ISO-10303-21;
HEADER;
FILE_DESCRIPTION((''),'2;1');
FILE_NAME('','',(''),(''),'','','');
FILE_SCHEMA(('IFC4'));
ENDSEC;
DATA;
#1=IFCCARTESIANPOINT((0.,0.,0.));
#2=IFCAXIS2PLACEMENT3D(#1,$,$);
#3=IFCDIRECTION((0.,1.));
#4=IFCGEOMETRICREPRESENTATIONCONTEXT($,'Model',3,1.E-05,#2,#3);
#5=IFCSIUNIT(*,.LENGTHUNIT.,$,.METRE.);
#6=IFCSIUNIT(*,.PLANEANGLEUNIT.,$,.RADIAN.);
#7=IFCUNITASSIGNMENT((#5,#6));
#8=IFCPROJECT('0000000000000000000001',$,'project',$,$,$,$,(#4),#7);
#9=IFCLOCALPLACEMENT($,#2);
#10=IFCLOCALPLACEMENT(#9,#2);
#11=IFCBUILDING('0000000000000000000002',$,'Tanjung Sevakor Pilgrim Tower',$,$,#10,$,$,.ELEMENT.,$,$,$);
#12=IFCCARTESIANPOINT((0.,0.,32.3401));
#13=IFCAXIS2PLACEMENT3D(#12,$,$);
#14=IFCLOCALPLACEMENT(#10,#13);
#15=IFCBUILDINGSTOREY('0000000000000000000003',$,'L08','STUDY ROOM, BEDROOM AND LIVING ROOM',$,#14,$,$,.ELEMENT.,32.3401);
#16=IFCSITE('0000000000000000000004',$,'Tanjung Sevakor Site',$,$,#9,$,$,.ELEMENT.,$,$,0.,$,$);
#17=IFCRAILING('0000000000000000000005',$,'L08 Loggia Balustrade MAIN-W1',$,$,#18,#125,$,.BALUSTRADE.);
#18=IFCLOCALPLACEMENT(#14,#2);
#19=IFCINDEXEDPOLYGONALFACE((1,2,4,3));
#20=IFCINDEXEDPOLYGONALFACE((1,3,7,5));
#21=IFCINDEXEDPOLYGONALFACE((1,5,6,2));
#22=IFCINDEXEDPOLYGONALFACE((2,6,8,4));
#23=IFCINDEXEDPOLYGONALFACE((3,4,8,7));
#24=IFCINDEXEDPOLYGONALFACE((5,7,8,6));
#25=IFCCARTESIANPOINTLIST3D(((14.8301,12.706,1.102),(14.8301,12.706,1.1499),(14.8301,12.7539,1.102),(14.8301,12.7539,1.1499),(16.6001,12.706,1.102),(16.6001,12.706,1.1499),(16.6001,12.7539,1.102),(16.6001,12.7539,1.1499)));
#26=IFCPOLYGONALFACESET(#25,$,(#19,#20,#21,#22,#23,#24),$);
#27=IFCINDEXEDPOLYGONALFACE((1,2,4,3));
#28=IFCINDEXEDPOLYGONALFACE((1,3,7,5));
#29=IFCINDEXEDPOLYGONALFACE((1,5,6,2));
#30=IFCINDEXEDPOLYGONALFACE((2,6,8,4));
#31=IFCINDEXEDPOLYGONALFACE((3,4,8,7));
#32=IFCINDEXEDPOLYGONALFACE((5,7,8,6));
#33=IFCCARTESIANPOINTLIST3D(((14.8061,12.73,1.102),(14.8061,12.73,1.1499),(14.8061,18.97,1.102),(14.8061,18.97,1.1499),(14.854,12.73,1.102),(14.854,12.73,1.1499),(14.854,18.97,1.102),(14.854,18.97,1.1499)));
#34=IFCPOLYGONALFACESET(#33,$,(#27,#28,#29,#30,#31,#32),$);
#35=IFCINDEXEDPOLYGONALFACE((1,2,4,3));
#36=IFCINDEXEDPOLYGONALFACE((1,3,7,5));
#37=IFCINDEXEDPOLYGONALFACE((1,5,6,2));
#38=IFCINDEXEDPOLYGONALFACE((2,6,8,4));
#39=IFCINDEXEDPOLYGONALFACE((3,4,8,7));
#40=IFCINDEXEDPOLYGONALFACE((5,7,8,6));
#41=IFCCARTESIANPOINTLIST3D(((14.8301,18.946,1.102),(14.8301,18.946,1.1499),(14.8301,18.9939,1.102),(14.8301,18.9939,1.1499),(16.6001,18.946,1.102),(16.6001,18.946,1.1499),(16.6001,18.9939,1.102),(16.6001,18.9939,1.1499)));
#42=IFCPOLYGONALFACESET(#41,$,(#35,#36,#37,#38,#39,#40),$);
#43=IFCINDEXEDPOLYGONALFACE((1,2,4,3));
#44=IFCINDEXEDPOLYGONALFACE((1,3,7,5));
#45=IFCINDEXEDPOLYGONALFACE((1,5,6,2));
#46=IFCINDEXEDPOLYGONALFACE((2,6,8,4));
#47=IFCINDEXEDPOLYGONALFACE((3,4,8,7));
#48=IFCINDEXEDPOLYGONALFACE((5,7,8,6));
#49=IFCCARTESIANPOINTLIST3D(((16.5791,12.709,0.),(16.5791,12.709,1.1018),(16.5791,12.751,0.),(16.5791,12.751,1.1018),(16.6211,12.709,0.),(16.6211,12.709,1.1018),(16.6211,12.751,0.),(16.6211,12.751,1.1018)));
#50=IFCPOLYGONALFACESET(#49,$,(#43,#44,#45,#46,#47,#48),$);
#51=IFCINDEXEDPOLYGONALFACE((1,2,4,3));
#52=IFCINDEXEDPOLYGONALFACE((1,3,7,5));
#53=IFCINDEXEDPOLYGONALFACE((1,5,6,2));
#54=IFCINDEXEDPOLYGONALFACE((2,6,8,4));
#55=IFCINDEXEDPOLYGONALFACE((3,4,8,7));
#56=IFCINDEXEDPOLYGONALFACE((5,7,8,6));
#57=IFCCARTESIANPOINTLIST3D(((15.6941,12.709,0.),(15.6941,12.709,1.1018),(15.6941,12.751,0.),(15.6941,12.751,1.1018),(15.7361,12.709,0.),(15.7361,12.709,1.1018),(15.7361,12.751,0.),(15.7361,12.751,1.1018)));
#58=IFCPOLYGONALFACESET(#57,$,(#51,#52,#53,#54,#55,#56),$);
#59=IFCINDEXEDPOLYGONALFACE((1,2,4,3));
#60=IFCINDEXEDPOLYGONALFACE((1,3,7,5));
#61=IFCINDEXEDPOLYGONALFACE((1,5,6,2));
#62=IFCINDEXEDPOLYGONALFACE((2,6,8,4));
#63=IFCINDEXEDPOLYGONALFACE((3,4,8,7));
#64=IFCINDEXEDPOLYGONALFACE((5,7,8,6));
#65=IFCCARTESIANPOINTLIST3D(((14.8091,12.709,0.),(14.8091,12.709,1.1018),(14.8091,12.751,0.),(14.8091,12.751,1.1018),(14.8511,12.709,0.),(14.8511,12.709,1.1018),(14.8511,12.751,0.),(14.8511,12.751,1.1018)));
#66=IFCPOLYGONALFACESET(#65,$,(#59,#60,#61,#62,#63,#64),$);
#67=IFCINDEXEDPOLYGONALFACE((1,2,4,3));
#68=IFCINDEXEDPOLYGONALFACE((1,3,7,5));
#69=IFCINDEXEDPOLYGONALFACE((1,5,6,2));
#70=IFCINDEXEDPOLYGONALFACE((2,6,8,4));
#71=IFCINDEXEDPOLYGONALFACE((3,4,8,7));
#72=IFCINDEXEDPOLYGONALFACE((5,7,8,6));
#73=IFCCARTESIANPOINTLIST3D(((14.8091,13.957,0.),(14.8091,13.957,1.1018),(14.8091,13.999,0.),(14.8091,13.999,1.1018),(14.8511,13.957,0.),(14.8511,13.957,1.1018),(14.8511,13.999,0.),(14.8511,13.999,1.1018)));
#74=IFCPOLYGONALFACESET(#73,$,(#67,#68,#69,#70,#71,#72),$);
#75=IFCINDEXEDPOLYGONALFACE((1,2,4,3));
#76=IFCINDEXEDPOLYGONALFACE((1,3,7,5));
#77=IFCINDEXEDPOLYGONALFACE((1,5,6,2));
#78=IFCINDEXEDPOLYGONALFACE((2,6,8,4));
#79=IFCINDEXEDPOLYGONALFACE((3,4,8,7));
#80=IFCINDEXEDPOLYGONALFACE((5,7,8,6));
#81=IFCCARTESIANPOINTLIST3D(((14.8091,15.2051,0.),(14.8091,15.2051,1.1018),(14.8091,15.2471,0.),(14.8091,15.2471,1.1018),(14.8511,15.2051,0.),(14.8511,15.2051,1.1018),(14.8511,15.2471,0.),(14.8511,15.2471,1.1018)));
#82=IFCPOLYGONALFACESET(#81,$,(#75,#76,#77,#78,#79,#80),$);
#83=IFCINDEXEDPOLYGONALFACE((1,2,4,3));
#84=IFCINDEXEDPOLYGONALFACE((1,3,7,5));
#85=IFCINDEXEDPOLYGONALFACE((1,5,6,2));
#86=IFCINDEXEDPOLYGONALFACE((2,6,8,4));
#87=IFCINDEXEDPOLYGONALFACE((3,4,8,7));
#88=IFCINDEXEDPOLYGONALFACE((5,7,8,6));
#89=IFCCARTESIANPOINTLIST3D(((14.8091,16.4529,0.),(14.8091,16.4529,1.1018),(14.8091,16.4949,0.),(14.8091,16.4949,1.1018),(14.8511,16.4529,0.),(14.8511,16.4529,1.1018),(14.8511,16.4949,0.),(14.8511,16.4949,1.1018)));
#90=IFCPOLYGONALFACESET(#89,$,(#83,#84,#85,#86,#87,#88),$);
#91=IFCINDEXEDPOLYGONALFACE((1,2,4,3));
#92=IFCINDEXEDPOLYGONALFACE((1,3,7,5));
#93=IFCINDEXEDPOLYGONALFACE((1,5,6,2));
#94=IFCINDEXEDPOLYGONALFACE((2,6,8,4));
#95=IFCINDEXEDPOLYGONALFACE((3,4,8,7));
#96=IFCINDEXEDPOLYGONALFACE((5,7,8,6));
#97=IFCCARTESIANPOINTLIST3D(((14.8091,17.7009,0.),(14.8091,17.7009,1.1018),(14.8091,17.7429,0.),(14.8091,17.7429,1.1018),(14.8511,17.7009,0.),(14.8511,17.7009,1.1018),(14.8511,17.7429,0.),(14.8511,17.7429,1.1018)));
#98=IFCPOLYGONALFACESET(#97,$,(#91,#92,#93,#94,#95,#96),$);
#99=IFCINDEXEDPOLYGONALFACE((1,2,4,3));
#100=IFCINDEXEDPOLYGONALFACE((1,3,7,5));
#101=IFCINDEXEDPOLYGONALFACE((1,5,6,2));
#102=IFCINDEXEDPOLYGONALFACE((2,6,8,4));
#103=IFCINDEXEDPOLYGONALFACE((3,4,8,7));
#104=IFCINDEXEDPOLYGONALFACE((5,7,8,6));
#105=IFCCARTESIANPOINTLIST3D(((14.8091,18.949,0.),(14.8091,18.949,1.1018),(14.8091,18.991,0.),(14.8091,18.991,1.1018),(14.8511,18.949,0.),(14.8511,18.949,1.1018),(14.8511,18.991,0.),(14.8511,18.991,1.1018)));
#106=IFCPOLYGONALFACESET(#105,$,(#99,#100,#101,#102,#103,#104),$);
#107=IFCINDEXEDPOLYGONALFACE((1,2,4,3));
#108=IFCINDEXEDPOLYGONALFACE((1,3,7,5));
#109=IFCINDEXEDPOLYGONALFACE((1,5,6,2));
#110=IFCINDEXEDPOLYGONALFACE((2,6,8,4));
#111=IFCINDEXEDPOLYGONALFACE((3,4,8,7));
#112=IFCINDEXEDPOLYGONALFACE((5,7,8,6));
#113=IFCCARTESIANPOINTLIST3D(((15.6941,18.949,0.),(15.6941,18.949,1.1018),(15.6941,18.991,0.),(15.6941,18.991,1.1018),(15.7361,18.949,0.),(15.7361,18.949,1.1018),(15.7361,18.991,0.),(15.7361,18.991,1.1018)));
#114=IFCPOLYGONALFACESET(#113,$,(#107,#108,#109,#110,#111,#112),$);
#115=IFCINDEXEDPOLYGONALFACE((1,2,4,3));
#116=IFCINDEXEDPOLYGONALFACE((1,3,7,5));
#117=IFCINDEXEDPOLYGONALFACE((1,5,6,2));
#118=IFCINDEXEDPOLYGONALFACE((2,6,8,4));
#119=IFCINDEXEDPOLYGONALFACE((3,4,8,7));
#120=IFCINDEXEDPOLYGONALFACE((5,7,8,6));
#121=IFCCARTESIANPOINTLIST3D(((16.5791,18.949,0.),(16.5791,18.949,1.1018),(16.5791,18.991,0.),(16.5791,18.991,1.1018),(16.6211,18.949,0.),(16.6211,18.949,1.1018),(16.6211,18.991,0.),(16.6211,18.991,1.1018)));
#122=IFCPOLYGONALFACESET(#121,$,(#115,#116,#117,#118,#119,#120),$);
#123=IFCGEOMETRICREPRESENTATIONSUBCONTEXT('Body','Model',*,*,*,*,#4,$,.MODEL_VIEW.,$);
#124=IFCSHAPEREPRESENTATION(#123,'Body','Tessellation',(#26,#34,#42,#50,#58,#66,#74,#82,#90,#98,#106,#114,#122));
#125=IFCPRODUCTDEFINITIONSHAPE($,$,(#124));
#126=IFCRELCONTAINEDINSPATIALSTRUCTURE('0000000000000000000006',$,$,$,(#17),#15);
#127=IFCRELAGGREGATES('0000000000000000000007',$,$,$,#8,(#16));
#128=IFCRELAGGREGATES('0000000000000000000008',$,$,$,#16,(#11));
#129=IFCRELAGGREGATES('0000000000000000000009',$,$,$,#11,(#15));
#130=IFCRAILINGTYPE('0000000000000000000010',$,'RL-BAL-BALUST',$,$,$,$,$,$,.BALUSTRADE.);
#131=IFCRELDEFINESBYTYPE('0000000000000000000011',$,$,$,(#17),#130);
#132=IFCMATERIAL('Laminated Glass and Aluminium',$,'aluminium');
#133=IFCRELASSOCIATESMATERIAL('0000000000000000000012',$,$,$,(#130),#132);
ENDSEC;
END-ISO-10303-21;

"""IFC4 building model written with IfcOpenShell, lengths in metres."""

from ifc_helpers import new_model, si_unit, direction, frame, origin, place, context, subcontext, project, spatial, rectangle, extrude, material, type_object, element, save


model = new_model("IFC4")

# Units and contexts
model_context = context("Model", 3, precision=1e-05, world=origin(), true_north=direction((0.0, 1.0)))
body_context = subcontext(model_context, "Body", "Model", "MODEL_VIEW")
ifc_project = project(units=[si_unit("LENGTHUNIT", "METRE"), si_unit("PLANEANGLEUNIT", "RADIAN")], contexts=[model_context])

# Site, building, storey
site_placement = place(None, origin())
site = spatial("IfcSite", under=ifc_project, at=site_placement, Name="Tanjung Sevakor Site", CompositionType="ELEMENT", RefElevation=0.0)
building_placement = place(site_placement, origin())
building = spatial("IfcBuilding", under=site, at=building_placement, Name="Tanjung Sevakor Pilgrim Tower", CompositionType="ELEMENT")
storey_placement = place(building_placement, frame((0.0, 0.0, 32.3401)))
storey = spatial("IfcBuildingStorey", under=building, at=storey_placement, Name="L08", Description="STUDY ROOM, BEDROOM AND LIVING ROOM", CompositionType="ELEMENT", Elevation=32.3401)

# Railing
ifc_material_1 = material(Name="Laminated Glass and Aluminium", Category="aluminium")
railing_type = type_object("IfcRailingType", Name="RL-BAL-BALUST", PredefinedType="BALUSTRADE", material=ifc_material_1)
railing_1_placement = place(storey_placement, frame((16.6001, 12.73, 0.0)))
element("IfcRailing", 1, at=railing_1_placement, inside=storey, type_object=railing_type, Name="L08 Loggia Balustrade MAIN-W1", PredefinedType="BALUSTRADE", context=body_context, shape_type="SweptSolid", body=[
    extrude(rectangle(XDim=0.0479, YDim=0.0479), frame((0.0, 0.0, 1.126), z_axis=(-1.0, 0.0, 0.0), x_axis=(0.0, -1.0, 0.0)), (0.0, 0.0, 1.0), 1.77),
    extrude(rectangle(XDim=0.0479, YDim=0.0479), frame((-1.77, 0.0, 1.126), z_axis=(0.0, 1.0, 0.0), x_axis=(-1.0, 0.0, 0.0)), (0.0, 0.0, 1.0), 6.24),
    extrude(rectangle(XDim=0.0479, YDim=0.0479), frame((-1.77, 6.24, 1.126), z_axis=(1.0, 0.0, 0.0), x_axis=(0.0, 1.0, 0.0)), (0.0, 0.0, 1.0), 1.77),
    extrude(rectangle(XDim=0.042, YDim=0.042), origin(), (0.0, 0.0, 1.0), 1.1018),
    extrude(rectangle(XDim=0.042, YDim=0.042), frame((-0.885, 0.0, 0.0)), (0.0, 0.0, 1.0), 1.1018),
    extrude(rectangle(XDim=0.042, YDim=0.042), frame((-1.77, 0.0, 0.0)), (0.0, 0.0, 1.0), 1.1018),
    extrude(rectangle(XDim=0.042, YDim=0.042), frame((-1.77, 1.248, 0.0)), (0.0, 0.0, 1.0), 1.1018),
    extrude(rectangle(XDim=0.042, YDim=0.042), frame((-1.77, 2.4961, 0.0)), (0.0, 0.0, 1.0), 1.1018),
    extrude(rectangle(XDim=0.042, YDim=0.042), frame((-1.77, 3.7439, 0.0)), (0.0, 0.0, 1.0), 1.1018),
    extrude(rectangle(XDim=0.042, YDim=0.042), frame((-1.77, 4.9919, 0.0)), (0.0, 0.0, 1.0), 1.1018),
    extrude(rectangle(XDim=0.042, YDim=0.042), frame((-1.77, 6.24, 0.0)), (0.0, 0.0, 1.0), 1.1018),
    extrude(rectangle(XDim=0.042, YDim=0.042), frame((-0.885, 6.24, 0.0)), (0.0, 0.0, 1.0), 1.1018),
    extrude(rectangle(XDim=0.042, YDim=0.042), frame((0.0, 6.24, 0.0)), (0.0, 0.0, 1.0), 1.1018),
])

save(model, "model.ifc")
